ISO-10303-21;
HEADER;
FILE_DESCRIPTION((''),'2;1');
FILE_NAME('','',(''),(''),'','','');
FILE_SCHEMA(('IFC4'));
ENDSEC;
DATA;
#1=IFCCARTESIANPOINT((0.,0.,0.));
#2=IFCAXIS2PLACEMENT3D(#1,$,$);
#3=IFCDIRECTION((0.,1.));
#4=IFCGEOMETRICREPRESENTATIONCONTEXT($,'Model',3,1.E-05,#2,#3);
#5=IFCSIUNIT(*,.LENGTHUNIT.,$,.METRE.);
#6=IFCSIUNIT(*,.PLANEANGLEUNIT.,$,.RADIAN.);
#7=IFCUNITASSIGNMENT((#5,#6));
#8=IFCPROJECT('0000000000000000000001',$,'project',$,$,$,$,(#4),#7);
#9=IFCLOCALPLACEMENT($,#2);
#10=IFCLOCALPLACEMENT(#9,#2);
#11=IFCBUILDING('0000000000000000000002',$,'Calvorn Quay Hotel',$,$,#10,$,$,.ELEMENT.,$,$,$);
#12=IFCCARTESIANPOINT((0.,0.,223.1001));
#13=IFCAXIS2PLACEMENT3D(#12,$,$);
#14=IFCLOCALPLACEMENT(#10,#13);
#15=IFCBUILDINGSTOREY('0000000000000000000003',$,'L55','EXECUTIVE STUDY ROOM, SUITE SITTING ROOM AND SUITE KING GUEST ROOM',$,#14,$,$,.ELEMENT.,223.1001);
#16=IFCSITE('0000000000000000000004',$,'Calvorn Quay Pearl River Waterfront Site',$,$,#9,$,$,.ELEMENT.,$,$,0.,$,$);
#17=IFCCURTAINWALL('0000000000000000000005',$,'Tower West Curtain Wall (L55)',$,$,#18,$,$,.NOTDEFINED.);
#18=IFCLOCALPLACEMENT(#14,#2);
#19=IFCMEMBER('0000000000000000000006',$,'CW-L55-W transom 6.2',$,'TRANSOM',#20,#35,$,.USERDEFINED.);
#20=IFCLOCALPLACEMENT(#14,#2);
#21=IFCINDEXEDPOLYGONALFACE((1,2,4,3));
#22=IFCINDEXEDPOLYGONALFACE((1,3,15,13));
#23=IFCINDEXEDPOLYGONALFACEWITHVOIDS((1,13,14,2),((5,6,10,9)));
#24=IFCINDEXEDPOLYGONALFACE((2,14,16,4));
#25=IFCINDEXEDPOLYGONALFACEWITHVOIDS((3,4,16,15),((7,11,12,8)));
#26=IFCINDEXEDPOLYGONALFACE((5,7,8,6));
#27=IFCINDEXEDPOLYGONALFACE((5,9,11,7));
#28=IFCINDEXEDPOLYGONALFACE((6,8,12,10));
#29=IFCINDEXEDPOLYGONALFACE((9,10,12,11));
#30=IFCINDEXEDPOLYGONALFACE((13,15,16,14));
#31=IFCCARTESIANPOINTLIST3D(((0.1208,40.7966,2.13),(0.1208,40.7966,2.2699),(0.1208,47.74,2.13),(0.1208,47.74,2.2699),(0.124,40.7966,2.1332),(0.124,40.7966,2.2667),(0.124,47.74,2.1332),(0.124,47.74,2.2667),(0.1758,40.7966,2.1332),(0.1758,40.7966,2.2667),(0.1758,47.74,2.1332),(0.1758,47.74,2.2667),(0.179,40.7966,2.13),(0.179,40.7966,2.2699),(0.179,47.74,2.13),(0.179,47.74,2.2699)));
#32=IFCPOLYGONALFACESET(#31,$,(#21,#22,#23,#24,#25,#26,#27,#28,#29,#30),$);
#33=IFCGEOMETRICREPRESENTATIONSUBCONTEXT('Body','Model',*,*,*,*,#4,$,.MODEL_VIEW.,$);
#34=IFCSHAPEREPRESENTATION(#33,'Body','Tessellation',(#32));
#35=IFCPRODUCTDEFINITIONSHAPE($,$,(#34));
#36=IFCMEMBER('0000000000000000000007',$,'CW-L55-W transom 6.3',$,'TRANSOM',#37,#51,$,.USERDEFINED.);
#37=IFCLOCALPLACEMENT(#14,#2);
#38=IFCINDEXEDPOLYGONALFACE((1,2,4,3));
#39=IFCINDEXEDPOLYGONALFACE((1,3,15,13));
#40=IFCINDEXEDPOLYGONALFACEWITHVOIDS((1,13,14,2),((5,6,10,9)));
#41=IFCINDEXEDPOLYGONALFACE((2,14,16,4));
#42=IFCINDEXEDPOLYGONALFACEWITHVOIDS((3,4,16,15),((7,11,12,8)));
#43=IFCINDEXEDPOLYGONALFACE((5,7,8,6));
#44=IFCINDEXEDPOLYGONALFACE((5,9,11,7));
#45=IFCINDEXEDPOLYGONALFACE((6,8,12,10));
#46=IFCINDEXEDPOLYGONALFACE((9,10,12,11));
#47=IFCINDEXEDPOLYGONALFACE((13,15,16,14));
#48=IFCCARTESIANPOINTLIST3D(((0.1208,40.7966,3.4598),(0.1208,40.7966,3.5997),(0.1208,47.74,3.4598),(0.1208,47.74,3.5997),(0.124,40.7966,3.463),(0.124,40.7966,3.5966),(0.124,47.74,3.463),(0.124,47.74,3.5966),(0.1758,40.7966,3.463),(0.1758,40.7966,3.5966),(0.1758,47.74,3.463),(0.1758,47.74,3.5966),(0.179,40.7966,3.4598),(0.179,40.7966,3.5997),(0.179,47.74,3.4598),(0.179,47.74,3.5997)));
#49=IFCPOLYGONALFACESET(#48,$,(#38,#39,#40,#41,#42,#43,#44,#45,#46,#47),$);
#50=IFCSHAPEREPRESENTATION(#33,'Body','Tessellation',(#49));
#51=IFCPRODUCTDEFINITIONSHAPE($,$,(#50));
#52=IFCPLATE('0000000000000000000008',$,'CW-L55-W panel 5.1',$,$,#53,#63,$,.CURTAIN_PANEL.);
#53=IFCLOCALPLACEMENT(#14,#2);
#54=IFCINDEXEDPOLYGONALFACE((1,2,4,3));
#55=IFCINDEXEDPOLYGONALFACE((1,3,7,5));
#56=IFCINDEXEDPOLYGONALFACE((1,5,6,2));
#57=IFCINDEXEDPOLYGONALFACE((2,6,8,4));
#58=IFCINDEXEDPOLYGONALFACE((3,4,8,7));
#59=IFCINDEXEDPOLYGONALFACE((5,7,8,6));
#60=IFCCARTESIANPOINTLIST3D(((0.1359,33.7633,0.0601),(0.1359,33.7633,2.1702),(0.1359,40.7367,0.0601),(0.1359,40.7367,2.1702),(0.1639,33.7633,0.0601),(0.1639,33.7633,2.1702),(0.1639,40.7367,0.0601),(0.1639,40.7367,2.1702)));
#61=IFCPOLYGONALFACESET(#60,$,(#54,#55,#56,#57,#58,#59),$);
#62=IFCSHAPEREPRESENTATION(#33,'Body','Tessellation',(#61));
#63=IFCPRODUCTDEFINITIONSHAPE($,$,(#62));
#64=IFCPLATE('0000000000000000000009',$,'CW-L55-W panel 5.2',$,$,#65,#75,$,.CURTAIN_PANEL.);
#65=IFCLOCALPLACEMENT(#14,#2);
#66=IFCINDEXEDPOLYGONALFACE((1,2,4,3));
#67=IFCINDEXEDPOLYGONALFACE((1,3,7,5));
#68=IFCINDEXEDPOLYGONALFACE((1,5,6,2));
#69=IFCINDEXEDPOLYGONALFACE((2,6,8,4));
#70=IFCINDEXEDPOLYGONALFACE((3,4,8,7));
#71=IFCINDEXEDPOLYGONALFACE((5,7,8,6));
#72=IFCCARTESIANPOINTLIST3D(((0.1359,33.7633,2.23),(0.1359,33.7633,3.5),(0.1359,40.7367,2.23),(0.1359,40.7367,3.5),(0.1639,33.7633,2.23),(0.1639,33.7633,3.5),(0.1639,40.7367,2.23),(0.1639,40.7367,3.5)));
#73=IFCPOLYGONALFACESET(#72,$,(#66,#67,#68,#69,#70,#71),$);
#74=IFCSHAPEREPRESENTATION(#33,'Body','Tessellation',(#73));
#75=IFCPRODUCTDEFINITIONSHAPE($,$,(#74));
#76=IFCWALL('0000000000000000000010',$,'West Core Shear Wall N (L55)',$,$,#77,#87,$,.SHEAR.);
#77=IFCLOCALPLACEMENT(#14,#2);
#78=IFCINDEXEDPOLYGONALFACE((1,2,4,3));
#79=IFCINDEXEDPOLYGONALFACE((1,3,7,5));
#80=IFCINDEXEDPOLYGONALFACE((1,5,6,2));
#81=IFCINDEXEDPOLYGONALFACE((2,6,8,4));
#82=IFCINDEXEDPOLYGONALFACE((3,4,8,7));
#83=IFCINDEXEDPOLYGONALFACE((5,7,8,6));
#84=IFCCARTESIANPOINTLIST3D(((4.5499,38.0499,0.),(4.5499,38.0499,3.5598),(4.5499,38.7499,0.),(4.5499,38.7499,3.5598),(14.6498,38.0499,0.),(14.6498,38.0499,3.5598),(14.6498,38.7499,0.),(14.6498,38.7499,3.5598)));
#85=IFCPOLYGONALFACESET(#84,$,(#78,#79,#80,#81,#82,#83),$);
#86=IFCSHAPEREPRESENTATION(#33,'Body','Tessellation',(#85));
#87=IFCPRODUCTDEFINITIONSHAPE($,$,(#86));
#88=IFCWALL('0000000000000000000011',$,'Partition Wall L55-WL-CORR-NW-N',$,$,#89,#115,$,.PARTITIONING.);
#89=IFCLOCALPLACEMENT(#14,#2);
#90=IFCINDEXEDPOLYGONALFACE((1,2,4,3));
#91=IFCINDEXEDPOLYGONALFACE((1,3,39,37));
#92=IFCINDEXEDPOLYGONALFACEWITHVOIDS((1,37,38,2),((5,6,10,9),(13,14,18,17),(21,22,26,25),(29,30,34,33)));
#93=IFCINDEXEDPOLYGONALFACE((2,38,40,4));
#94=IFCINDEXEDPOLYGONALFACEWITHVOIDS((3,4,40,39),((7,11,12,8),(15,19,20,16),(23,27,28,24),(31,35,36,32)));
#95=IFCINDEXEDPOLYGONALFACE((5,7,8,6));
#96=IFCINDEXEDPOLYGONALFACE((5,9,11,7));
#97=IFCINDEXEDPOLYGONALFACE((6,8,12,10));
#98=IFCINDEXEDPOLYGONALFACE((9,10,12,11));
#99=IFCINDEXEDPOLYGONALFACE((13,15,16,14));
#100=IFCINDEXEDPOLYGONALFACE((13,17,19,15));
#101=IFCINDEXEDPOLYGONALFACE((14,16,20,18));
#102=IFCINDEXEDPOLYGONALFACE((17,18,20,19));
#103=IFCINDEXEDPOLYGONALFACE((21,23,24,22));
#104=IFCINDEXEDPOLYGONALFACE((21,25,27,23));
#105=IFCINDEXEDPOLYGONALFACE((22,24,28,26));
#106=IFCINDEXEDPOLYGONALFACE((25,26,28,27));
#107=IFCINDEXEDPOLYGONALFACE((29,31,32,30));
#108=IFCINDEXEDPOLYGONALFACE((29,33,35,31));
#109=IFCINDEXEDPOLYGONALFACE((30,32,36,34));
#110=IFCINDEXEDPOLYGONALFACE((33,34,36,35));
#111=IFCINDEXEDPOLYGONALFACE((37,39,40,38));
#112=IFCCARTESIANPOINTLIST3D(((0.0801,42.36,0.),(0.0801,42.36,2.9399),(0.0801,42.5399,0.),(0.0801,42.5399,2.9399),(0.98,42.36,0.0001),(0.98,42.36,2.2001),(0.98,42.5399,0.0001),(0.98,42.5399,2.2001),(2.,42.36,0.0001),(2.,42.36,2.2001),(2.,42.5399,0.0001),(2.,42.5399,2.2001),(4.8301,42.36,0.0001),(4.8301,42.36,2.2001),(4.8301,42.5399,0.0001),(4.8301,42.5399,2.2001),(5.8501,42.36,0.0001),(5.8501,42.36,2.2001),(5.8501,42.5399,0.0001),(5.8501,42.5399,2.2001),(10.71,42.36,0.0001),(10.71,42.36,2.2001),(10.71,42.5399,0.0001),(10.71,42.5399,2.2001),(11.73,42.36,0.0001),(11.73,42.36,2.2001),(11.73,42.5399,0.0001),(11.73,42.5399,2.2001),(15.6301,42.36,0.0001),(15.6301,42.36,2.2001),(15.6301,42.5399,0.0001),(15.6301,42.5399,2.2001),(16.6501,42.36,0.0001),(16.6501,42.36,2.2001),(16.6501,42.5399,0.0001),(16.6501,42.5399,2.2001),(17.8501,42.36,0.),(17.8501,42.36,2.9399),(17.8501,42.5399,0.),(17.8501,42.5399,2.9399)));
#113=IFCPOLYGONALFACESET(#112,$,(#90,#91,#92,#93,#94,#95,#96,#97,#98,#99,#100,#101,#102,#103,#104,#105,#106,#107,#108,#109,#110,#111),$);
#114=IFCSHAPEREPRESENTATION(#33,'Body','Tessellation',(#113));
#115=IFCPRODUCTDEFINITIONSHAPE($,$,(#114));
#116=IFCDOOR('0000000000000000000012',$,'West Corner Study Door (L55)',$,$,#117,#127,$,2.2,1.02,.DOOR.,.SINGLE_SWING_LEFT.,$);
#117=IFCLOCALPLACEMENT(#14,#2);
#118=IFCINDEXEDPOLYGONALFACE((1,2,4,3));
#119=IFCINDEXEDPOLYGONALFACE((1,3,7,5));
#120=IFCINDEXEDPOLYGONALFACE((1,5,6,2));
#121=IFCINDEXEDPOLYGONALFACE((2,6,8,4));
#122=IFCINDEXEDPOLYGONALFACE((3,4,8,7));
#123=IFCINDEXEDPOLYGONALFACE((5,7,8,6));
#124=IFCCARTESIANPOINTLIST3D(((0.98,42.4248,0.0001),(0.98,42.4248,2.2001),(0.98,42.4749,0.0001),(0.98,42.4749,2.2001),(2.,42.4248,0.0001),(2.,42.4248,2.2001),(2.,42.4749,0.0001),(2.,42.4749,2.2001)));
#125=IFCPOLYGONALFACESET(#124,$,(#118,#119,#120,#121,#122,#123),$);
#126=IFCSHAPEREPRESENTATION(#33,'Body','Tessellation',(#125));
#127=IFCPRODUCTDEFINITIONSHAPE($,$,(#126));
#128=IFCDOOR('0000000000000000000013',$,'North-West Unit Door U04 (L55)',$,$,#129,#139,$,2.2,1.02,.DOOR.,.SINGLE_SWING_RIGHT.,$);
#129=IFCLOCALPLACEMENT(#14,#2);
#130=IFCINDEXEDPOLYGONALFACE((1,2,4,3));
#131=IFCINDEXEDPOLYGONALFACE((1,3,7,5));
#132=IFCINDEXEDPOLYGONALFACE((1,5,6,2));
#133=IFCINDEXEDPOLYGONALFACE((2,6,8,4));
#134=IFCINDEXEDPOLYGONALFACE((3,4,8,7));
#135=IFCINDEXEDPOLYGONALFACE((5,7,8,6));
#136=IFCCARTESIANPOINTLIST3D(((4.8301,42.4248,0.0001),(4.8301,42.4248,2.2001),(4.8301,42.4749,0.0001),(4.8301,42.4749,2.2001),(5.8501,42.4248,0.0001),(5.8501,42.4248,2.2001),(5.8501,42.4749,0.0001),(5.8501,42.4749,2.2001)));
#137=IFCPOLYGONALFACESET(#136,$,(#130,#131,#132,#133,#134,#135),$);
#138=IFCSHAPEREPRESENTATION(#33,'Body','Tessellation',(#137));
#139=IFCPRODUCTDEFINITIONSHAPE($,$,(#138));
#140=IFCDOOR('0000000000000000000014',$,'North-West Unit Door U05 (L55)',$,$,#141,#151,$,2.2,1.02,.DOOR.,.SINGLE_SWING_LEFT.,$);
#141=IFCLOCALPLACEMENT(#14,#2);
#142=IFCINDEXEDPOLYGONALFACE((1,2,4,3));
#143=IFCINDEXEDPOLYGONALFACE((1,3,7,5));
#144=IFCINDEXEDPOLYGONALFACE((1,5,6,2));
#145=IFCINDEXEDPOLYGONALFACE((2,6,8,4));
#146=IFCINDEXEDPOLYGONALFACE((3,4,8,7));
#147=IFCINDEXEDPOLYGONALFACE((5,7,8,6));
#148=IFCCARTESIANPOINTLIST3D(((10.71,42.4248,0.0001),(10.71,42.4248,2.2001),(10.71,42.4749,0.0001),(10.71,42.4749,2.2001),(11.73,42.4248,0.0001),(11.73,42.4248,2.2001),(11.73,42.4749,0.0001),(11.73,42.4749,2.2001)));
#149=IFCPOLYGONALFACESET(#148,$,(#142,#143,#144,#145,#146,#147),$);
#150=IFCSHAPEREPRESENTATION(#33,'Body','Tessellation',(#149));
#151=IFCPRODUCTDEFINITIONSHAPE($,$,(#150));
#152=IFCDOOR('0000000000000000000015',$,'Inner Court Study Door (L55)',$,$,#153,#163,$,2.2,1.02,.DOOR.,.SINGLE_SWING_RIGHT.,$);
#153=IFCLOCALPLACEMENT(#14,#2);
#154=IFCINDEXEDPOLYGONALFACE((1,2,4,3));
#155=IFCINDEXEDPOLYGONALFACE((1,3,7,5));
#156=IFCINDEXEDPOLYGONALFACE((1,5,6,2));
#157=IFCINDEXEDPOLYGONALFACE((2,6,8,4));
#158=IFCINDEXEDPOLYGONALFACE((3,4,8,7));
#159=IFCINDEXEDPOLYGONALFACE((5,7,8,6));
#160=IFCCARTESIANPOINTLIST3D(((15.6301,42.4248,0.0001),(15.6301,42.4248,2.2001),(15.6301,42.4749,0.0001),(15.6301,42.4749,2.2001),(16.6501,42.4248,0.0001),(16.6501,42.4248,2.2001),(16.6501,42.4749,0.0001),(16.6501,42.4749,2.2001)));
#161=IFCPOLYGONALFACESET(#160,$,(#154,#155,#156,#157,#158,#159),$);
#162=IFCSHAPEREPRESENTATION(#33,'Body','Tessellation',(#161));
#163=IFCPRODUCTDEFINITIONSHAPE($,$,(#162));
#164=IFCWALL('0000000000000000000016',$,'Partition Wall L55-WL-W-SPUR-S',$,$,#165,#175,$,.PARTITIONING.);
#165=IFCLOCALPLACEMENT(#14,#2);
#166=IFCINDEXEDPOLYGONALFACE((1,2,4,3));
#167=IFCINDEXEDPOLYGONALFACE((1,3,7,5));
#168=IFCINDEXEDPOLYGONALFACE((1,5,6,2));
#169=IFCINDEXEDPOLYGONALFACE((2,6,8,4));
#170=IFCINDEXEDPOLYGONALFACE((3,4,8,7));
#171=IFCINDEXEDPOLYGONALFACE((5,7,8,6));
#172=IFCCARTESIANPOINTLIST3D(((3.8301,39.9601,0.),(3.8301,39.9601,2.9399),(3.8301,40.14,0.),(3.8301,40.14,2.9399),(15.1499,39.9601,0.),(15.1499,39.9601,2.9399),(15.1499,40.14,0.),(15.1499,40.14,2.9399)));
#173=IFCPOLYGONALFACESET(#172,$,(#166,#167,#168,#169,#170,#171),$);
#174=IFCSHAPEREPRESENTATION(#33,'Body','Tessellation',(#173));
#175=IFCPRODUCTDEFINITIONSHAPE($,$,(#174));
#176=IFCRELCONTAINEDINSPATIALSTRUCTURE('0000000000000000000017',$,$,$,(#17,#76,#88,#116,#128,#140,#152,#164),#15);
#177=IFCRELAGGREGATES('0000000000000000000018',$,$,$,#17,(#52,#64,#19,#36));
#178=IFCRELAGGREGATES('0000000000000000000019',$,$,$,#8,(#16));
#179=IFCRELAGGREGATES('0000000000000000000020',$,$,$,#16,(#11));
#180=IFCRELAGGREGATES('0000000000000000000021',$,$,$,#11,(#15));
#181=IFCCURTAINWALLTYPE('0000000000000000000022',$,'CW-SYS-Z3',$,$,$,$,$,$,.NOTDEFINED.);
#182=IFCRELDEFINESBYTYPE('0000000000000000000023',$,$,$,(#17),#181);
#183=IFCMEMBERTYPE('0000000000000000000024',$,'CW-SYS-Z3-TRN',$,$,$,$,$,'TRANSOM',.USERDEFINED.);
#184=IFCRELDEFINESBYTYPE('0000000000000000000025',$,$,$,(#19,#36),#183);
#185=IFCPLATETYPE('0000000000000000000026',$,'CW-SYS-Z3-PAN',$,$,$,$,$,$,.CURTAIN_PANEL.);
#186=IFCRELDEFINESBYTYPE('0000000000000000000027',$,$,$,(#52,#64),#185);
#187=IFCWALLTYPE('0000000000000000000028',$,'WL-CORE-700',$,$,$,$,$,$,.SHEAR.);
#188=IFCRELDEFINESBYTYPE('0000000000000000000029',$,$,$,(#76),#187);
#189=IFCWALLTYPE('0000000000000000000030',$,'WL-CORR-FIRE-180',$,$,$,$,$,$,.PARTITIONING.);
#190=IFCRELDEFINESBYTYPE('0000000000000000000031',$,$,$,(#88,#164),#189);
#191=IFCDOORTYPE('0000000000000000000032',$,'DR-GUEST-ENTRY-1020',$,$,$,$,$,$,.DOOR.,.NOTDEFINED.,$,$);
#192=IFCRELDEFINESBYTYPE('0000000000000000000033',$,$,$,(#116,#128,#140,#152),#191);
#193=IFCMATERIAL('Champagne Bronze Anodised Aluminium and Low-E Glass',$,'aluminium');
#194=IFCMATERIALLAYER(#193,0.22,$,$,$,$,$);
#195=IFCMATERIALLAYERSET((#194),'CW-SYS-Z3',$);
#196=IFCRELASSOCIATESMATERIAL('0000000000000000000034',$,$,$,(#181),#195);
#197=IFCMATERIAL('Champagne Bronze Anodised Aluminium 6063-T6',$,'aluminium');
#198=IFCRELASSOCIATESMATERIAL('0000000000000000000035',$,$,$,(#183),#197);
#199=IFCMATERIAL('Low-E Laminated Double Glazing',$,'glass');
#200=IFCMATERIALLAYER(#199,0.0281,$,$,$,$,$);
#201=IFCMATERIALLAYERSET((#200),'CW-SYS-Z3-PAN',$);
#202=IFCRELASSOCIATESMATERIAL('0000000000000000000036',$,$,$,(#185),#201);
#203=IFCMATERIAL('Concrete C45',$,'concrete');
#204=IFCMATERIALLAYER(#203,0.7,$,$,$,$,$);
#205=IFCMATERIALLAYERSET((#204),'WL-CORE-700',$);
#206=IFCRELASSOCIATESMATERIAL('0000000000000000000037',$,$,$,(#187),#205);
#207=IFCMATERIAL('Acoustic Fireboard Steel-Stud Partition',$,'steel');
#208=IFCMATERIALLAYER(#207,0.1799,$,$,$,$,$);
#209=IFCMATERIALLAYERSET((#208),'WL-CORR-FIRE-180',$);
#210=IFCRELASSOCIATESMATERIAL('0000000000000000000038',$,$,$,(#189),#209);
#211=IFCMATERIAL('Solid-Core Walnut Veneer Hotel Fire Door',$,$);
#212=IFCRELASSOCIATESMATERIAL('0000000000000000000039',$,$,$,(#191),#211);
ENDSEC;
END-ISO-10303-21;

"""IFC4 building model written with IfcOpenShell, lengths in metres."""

from ifc_helpers import new_model, si_unit, direction, frame, frame_2d, origin, origin_2d, place, context, subcontext, project, spatial, rectangle, hollow_rectangle, extrude, material, layer, layer_set, material_profile, profile_set, type_object, element, fill, aggregate, save


model = new_model("IFC4")

# Units and contexts
model_context = context("Model", 3, precision=1e-05, world=origin(), true_north=direction((0.0, 1.0)))
body_context = subcontext(model_context, "Body", "Model", "MODEL_VIEW")
ifc_project = project(units=[si_unit("LENGTHUNIT", "METRE"), si_unit("PLANEANGLEUNIT", "RADIAN")], contexts=[model_context])

# Site, building, storey
site_placement = place(None, origin())
site = spatial("IfcSite", under=ifc_project, at=site_placement, Name="Calvorn Quay Pearl River Waterfront Site", CompositionType="ELEMENT", RefElevation=0.0)
building_placement = place(site_placement, origin())
building = spatial("IfcBuilding", under=site, at=building_placement, Name="Calvorn Quay Hotel", CompositionType="ELEMENT")
storey_placement = place(building_placement, frame((0.0, 0.0, 223.1001)))
storey = spatial("IfcBuildingStorey", under=building, at=storey_placement, Name="L55", Description="EXECUTIVE STUDY ROOM, SUITE SITTING ROOM AND SUITE KING GUEST ROOM", CompositionType="ELEMENT", Elevation=223.1001)

# Curtain wall, members, plates
ifc_material_1 = material(Name="Champagne Bronze Anodised Aluminium and Low-E Glass", Category="aluminium")
ifc_layer_1 = layer(ifc_material_1, 0.22)
ifc_layer_set_1 = layer_set([ifc_layer_1], Name="CW-SYS-Z3")
curtain_wall_type = type_object("IfcCurtainWallType", Name="CW-SYS-Z3", PredefinedType="NOTDEFINED", material=ifc_layer_set_1)
curtain_wall_placement = place(storey_placement, origin())
curtain_wall = element("IfcCurtainWall", 1, at=curtain_wall_placement, inside=storey, type_object=curtain_wall_type, Name="Tower West Curtain Wall (L55)", PredefinedType="NOTDEFINED")
ifc_material_2 = material(Name="Champagne Bronze Anodised Aluminium 6063-T6", Category="aluminium")
ifc_material_profile_1 = material_profile(ifc_material_2, hollow_rectangle(XDim=0.0581, YDim=0.1399, WallThickness=0.0032, at=origin_2d()), Name="ALU-T140x58x3.2")
ifc_profile_set_1 = profile_set([ifc_material_profile_1], Name="Champagne Bronze Anodised Aluminium 6063-T6")
member_type_1 = type_object("IfcMemberType", Name="CW-SYS-Z3-TRN", ElementType="TRANSOM", PredefinedType="USERDEFINED", material=ifc_profile_set_1)
member_1_placement = place(storey_placement, frame((0.1499, 40.7966, 2.2), z_axis=(0.0, 1.0, 0.0), x_axis=(-1.0, 0.0, 0.0)))
member_1 = element("IfcMember", 2, at=member_1_placement, type_object=member_type_1, Name="CW-L55-W transom 6.2", ObjectType="TRANSOM", PredefinedType="USERDEFINED", context=body_context, shape_type="SweptSolid", body=[
    extrude(hollow_rectangle(XDim=0.0581, YDim=0.1399, WallThickness=0.0032, at=origin_2d()), origin(), (0.0, 0.0, 1.0), 6.9434),
])
member_2_placement = place(storey_placement, frame((0.1499, 40.7966, 3.5298), z_axis=(0.0, 1.0, 0.0), x_axis=(-1.0, 0.0, 0.0)))
member_2 = element("IfcMember", 3, at=member_2_placement, type_object=member_type_1, Name="CW-L55-W transom 6.3", ObjectType="TRANSOM", PredefinedType="USERDEFINED", context=body_context, shape_type="SweptSolid", body=[
    extrude(hollow_rectangle(XDim=0.0581, YDim=0.1399, WallThickness=0.0032, at=origin_2d()), origin(), (0.0, 0.0, 1.0), 6.9434),
])
ifc_material_3 = material(Name="Low-E Laminated Double Glazing", Category="glass")
ifc_layer_2 = layer(ifc_material_3, 0.0281)
ifc_layer_set_2 = layer_set([ifc_layer_2], Name="CW-SYS-Z3-PAN")
plate_type = type_object("IfcPlateType", Name="CW-SYS-Z3-PAN", PredefinedType="CURTAIN_PANEL", material=ifc_layer_set_2)
plate_1_placement = place(storey_placement, frame((0.1499, 37.25, 0.0601), z_axis=(0.0, 0.0, 1.0), x_axis=(0.0, 1.0, 0.0)))
plate_1 = element("IfcPlate", 4, at=plate_1_placement, type_object=plate_type, Name="CW-L55-W panel 5.1", PredefinedType="CURTAIN_PANEL", context=body_context, shape_type="SweptSolid", body=[
    extrude(rectangle(XDim=6.9734, YDim=0.0281, at=origin_2d()), origin(), (0.0, 0.0, 1.0), 2.1101),
])
plate_2_placement = place(storey_placement, frame((0.1499, 37.25, 2.23), z_axis=(0.0, 0.0, 1.0), x_axis=(0.0, 1.0, 0.0)))
plate_2 = element("IfcPlate", 5, at=plate_2_placement, type_object=plate_type, Name="CW-L55-W panel 5.2", PredefinedType="CURTAIN_PANEL", context=body_context, shape_type="SweptSolid", body=[
    extrude(rectangle(XDim=6.9734, YDim=0.0281, at=origin_2d()), origin(), (0.0, 0.0, 1.0), 1.27),
])
aggregate(curtain_wall, [plate_1, plate_2, member_1, member_2])

# Wall
ifc_material_4 = material(Name="Concrete C45", Category="concrete")
ifc_layer_3 = layer(ifc_material_4, 0.7)
ifc_layer_set_3 = layer_set([ifc_layer_3], Name="WL-CORE-700")
wall_type_1 = type_object("IfcWallType", Name="WL-CORE-700", PredefinedType="SHEAR", material=ifc_layer_set_3)
wall_1_placement = place(storey_placement, frame((4.55, 38.3999, 0.0), z_axis=(0.0, 0.0, 1.0), x_axis=(1.0, 0.0, 0.0)))
element("IfcWall", 6, at=wall_1_placement, inside=storey, type_object=wall_type_1, Name="West Core Shear Wall N (L55)", PredefinedType="SHEAR", context=body_context, shape_type="SweptSolid", body=[
    extrude(rectangle(XDim=10.0999, YDim=0.7, at=frame_2d((5.0498, 0.0))), origin(), (0.0, 0.0, 1.0), 3.5598),
])

# Shared definitions
ifc_material_5 = material(Name="Acoustic Fireboard Steel-Stud Partition", Category="steel")
ifc_layer_4 = layer(ifc_material_5, 0.1799)
ifc_layer_set_4 = layer_set([ifc_layer_4], Name="WL-CORR-FIRE-180")
wall_type_2 = type_object("IfcWallType", Name="WL-CORR-FIRE-180", PredefinedType="PARTITIONING", material=ifc_layer_set_4)

# Wall, openings, doors
wall_2_placement = place(storey_placement, frame((0.0801, 42.45, 0.0), z_axis=(0.0, 0.0, 1.0), x_axis=(1.0, 0.0, 0.0)))
wall_2 = element("IfcWall", 7, at=wall_2_placement, inside=storey, type_object=wall_type_2, Name="Partition Wall L55-WL-CORR-NW-N", PredefinedType="PARTITIONING", context=body_context, shape_type="SweptSolid", body=[
    extrude(rectangle(XDim=17.77, YDim=0.1799, at=frame_2d((8.885, 0.0))), origin(), (0.0, 0.0, 1.0), 2.9399),
])
opening_1_placement = place(wall_2_placement, frame((0.8999, 0.0, 0.0)))
opening_1 = element("IfcOpeningElement", 8, at=opening_1_placement, cuts=wall_2, PredefinedType="OPENING", context=body_context, shape_type="SweptSolid", body=[
    extrude(rectangle(XDim=1.02, YDim=2.2, at=frame_2d((0.51, 1.1001))), frame((0.0, 0.0999, 0.0), z_axis=(0.0, -1.0, 0.0), x_axis=(1.0, 0.0, 0.0)), (0.0, 0.0, 1.0), 0.2),
])
opening_2_placement = place(wall_2_placement, frame((4.75, 0.0, 0.0)))
opening_2 = element("IfcOpeningElement", 9, at=opening_2_placement, cuts=wall_2, PredefinedType="OPENING", context=body_context, shape_type="SweptSolid", body=[
    extrude(rectangle(XDim=1.02, YDim=2.2, at=frame_2d((0.51, 1.1001))), frame((0.0, 0.0999, 0.0), z_axis=(0.0, -1.0, 0.0), x_axis=(1.0, 0.0, 0.0)), (0.0, 0.0, 1.0), 0.2),
])
opening_3_placement = place(wall_2_placement, frame((10.6299, 0.0, 0.0)))
opening_3 = element("IfcOpeningElement", 10, at=opening_3_placement, cuts=wall_2, PredefinedType="OPENING", context=body_context, shape_type="SweptSolid", body=[
    extrude(rectangle(XDim=1.02, YDim=2.2, at=frame_2d((0.51, 1.1001))), frame((0.0, 0.0999, 0.0), z_axis=(0.0, -1.0, 0.0), x_axis=(1.0, 0.0, 0.0)), (0.0, 0.0, 1.0), 0.2),
])
opening_4_placement = place(wall_2_placement, frame((15.55, 0.0, 0.0)))
opening_4 = element("IfcOpeningElement", 11, at=opening_4_placement, cuts=wall_2, PredefinedType="OPENING", context=body_context, shape_type="SweptSolid", body=[
    extrude(rectangle(XDim=1.02, YDim=2.2, at=frame_2d((0.51, 1.1001))), frame((0.0, 0.0999, 0.0), z_axis=(0.0, -1.0, 0.0), x_axis=(1.0, 0.0, 0.0)), (0.0, 0.0, 1.0), 0.2),
])
ifc_material_6 = material(Name="Solid-Core Walnut Veneer Hotel Fire Door")
door_type_1 = type_object("IfcDoorType", Name="DR-GUEST-ENTRY-1020", OperationType="NOTDEFINED", PredefinedType="DOOR", material=ifc_material_6)
door_1_placement = place(opening_1_placement, origin())
door_1 = element("IfcDoor", 12, at=door_1_placement, inside=storey, type_object=door_type_1, Name="West Corner Study Door (L55)", OperationType="SINGLE_SWING_LEFT", OverallHeight=2.2, OverallWidth=1.02, PredefinedType="DOOR", context=body_context, shape_type="SweptSolid", body=[
    extrude(rectangle(XDim=1.02, YDim=2.2, at=frame_2d((0.51, 1.1001))), frame((0.0, 0.0249, 0.0), z_axis=(0.0, -1.0, 0.0), x_axis=(1.0, 0.0, 0.0)), (0.0, 0.0, 1.0), 0.05),
])
fill(opening_1, door_1)
door_2_placement = place(opening_2_placement, origin())
door_2 = element("IfcDoor", 13, at=door_2_placement, inside=storey, type_object=door_type_1, Name="North-West Unit Door U04 (L55)", OperationType="SINGLE_SWING_RIGHT", OverallHeight=2.2, OverallWidth=1.02, PredefinedType="DOOR", context=body_context, shape_type="SweptSolid", body=[
    extrude(rectangle(XDim=1.02, YDim=2.2, at=frame_2d((0.51, 1.1001))), frame((0.0, 0.0249, 0.0), z_axis=(0.0, -1.0, 0.0), x_axis=(1.0, 0.0, 0.0)), (0.0, 0.0, 1.0), 0.05),
])
fill(opening_2, door_2)
door_3_placement = place(opening_3_placement, origin())
door_3 = element("IfcDoor", 14, at=door_3_placement, inside=storey, type_object=door_type_1, Name="North-West Unit Door U05 (L55)", OperationType="SINGLE_SWING_LEFT", OverallHeight=2.2, OverallWidth=1.02, PredefinedType="DOOR", context=body_context, shape_type="SweptSolid", body=[
    extrude(rectangle(XDim=1.02, YDim=2.2, at=frame_2d((0.51, 1.1001))), frame((0.0, 0.0249, 0.0), z_axis=(0.0, -1.0, 0.0), x_axis=(1.0, 0.0, 0.0)), (0.0, 0.0, 1.0), 0.05),
])
fill(opening_3, door_3)
door_4_placement = place(opening_4_placement, origin())
door_4 = element("IfcDoor", 15, at=door_4_placement, inside=storey, type_object=door_type_1, Name="Inner Court Study Door (L55)", OperationType="SINGLE_SWING_RIGHT", OverallHeight=2.2, OverallWidth=1.02, PredefinedType="DOOR", context=body_context, shape_type="SweptSolid", body=[
    extrude(rectangle(XDim=1.02, YDim=2.2, at=frame_2d((0.51, 1.1001))), frame((0.0, 0.0249, 0.0), z_axis=(0.0, -1.0, 0.0), x_axis=(1.0, 0.0, 0.0)), (0.0, 0.0, 1.0), 0.05),
])
fill(opening_4, door_4)

# Wall
wall_3_placement = place(storey_placement, frame((3.8301, 40.05, 0.0), z_axis=(0.0, 0.0, 1.0), x_axis=(1.0, 0.0, 0.0)))
element("IfcWall", 16, at=wall_3_placement, inside=storey, type_object=wall_type_2, Name="Partition Wall L55-WL-W-SPUR-S", PredefinedType="PARTITIONING", context=body_context, shape_type="SweptSolid", body=[
    extrude(rectangle(XDim=11.3198, YDim=0.1799, at=frame_2d((5.6599, 0.0))), origin(), (0.0, 0.0, 1.0), 2.9399),
])

save(model, "model.ifc")
